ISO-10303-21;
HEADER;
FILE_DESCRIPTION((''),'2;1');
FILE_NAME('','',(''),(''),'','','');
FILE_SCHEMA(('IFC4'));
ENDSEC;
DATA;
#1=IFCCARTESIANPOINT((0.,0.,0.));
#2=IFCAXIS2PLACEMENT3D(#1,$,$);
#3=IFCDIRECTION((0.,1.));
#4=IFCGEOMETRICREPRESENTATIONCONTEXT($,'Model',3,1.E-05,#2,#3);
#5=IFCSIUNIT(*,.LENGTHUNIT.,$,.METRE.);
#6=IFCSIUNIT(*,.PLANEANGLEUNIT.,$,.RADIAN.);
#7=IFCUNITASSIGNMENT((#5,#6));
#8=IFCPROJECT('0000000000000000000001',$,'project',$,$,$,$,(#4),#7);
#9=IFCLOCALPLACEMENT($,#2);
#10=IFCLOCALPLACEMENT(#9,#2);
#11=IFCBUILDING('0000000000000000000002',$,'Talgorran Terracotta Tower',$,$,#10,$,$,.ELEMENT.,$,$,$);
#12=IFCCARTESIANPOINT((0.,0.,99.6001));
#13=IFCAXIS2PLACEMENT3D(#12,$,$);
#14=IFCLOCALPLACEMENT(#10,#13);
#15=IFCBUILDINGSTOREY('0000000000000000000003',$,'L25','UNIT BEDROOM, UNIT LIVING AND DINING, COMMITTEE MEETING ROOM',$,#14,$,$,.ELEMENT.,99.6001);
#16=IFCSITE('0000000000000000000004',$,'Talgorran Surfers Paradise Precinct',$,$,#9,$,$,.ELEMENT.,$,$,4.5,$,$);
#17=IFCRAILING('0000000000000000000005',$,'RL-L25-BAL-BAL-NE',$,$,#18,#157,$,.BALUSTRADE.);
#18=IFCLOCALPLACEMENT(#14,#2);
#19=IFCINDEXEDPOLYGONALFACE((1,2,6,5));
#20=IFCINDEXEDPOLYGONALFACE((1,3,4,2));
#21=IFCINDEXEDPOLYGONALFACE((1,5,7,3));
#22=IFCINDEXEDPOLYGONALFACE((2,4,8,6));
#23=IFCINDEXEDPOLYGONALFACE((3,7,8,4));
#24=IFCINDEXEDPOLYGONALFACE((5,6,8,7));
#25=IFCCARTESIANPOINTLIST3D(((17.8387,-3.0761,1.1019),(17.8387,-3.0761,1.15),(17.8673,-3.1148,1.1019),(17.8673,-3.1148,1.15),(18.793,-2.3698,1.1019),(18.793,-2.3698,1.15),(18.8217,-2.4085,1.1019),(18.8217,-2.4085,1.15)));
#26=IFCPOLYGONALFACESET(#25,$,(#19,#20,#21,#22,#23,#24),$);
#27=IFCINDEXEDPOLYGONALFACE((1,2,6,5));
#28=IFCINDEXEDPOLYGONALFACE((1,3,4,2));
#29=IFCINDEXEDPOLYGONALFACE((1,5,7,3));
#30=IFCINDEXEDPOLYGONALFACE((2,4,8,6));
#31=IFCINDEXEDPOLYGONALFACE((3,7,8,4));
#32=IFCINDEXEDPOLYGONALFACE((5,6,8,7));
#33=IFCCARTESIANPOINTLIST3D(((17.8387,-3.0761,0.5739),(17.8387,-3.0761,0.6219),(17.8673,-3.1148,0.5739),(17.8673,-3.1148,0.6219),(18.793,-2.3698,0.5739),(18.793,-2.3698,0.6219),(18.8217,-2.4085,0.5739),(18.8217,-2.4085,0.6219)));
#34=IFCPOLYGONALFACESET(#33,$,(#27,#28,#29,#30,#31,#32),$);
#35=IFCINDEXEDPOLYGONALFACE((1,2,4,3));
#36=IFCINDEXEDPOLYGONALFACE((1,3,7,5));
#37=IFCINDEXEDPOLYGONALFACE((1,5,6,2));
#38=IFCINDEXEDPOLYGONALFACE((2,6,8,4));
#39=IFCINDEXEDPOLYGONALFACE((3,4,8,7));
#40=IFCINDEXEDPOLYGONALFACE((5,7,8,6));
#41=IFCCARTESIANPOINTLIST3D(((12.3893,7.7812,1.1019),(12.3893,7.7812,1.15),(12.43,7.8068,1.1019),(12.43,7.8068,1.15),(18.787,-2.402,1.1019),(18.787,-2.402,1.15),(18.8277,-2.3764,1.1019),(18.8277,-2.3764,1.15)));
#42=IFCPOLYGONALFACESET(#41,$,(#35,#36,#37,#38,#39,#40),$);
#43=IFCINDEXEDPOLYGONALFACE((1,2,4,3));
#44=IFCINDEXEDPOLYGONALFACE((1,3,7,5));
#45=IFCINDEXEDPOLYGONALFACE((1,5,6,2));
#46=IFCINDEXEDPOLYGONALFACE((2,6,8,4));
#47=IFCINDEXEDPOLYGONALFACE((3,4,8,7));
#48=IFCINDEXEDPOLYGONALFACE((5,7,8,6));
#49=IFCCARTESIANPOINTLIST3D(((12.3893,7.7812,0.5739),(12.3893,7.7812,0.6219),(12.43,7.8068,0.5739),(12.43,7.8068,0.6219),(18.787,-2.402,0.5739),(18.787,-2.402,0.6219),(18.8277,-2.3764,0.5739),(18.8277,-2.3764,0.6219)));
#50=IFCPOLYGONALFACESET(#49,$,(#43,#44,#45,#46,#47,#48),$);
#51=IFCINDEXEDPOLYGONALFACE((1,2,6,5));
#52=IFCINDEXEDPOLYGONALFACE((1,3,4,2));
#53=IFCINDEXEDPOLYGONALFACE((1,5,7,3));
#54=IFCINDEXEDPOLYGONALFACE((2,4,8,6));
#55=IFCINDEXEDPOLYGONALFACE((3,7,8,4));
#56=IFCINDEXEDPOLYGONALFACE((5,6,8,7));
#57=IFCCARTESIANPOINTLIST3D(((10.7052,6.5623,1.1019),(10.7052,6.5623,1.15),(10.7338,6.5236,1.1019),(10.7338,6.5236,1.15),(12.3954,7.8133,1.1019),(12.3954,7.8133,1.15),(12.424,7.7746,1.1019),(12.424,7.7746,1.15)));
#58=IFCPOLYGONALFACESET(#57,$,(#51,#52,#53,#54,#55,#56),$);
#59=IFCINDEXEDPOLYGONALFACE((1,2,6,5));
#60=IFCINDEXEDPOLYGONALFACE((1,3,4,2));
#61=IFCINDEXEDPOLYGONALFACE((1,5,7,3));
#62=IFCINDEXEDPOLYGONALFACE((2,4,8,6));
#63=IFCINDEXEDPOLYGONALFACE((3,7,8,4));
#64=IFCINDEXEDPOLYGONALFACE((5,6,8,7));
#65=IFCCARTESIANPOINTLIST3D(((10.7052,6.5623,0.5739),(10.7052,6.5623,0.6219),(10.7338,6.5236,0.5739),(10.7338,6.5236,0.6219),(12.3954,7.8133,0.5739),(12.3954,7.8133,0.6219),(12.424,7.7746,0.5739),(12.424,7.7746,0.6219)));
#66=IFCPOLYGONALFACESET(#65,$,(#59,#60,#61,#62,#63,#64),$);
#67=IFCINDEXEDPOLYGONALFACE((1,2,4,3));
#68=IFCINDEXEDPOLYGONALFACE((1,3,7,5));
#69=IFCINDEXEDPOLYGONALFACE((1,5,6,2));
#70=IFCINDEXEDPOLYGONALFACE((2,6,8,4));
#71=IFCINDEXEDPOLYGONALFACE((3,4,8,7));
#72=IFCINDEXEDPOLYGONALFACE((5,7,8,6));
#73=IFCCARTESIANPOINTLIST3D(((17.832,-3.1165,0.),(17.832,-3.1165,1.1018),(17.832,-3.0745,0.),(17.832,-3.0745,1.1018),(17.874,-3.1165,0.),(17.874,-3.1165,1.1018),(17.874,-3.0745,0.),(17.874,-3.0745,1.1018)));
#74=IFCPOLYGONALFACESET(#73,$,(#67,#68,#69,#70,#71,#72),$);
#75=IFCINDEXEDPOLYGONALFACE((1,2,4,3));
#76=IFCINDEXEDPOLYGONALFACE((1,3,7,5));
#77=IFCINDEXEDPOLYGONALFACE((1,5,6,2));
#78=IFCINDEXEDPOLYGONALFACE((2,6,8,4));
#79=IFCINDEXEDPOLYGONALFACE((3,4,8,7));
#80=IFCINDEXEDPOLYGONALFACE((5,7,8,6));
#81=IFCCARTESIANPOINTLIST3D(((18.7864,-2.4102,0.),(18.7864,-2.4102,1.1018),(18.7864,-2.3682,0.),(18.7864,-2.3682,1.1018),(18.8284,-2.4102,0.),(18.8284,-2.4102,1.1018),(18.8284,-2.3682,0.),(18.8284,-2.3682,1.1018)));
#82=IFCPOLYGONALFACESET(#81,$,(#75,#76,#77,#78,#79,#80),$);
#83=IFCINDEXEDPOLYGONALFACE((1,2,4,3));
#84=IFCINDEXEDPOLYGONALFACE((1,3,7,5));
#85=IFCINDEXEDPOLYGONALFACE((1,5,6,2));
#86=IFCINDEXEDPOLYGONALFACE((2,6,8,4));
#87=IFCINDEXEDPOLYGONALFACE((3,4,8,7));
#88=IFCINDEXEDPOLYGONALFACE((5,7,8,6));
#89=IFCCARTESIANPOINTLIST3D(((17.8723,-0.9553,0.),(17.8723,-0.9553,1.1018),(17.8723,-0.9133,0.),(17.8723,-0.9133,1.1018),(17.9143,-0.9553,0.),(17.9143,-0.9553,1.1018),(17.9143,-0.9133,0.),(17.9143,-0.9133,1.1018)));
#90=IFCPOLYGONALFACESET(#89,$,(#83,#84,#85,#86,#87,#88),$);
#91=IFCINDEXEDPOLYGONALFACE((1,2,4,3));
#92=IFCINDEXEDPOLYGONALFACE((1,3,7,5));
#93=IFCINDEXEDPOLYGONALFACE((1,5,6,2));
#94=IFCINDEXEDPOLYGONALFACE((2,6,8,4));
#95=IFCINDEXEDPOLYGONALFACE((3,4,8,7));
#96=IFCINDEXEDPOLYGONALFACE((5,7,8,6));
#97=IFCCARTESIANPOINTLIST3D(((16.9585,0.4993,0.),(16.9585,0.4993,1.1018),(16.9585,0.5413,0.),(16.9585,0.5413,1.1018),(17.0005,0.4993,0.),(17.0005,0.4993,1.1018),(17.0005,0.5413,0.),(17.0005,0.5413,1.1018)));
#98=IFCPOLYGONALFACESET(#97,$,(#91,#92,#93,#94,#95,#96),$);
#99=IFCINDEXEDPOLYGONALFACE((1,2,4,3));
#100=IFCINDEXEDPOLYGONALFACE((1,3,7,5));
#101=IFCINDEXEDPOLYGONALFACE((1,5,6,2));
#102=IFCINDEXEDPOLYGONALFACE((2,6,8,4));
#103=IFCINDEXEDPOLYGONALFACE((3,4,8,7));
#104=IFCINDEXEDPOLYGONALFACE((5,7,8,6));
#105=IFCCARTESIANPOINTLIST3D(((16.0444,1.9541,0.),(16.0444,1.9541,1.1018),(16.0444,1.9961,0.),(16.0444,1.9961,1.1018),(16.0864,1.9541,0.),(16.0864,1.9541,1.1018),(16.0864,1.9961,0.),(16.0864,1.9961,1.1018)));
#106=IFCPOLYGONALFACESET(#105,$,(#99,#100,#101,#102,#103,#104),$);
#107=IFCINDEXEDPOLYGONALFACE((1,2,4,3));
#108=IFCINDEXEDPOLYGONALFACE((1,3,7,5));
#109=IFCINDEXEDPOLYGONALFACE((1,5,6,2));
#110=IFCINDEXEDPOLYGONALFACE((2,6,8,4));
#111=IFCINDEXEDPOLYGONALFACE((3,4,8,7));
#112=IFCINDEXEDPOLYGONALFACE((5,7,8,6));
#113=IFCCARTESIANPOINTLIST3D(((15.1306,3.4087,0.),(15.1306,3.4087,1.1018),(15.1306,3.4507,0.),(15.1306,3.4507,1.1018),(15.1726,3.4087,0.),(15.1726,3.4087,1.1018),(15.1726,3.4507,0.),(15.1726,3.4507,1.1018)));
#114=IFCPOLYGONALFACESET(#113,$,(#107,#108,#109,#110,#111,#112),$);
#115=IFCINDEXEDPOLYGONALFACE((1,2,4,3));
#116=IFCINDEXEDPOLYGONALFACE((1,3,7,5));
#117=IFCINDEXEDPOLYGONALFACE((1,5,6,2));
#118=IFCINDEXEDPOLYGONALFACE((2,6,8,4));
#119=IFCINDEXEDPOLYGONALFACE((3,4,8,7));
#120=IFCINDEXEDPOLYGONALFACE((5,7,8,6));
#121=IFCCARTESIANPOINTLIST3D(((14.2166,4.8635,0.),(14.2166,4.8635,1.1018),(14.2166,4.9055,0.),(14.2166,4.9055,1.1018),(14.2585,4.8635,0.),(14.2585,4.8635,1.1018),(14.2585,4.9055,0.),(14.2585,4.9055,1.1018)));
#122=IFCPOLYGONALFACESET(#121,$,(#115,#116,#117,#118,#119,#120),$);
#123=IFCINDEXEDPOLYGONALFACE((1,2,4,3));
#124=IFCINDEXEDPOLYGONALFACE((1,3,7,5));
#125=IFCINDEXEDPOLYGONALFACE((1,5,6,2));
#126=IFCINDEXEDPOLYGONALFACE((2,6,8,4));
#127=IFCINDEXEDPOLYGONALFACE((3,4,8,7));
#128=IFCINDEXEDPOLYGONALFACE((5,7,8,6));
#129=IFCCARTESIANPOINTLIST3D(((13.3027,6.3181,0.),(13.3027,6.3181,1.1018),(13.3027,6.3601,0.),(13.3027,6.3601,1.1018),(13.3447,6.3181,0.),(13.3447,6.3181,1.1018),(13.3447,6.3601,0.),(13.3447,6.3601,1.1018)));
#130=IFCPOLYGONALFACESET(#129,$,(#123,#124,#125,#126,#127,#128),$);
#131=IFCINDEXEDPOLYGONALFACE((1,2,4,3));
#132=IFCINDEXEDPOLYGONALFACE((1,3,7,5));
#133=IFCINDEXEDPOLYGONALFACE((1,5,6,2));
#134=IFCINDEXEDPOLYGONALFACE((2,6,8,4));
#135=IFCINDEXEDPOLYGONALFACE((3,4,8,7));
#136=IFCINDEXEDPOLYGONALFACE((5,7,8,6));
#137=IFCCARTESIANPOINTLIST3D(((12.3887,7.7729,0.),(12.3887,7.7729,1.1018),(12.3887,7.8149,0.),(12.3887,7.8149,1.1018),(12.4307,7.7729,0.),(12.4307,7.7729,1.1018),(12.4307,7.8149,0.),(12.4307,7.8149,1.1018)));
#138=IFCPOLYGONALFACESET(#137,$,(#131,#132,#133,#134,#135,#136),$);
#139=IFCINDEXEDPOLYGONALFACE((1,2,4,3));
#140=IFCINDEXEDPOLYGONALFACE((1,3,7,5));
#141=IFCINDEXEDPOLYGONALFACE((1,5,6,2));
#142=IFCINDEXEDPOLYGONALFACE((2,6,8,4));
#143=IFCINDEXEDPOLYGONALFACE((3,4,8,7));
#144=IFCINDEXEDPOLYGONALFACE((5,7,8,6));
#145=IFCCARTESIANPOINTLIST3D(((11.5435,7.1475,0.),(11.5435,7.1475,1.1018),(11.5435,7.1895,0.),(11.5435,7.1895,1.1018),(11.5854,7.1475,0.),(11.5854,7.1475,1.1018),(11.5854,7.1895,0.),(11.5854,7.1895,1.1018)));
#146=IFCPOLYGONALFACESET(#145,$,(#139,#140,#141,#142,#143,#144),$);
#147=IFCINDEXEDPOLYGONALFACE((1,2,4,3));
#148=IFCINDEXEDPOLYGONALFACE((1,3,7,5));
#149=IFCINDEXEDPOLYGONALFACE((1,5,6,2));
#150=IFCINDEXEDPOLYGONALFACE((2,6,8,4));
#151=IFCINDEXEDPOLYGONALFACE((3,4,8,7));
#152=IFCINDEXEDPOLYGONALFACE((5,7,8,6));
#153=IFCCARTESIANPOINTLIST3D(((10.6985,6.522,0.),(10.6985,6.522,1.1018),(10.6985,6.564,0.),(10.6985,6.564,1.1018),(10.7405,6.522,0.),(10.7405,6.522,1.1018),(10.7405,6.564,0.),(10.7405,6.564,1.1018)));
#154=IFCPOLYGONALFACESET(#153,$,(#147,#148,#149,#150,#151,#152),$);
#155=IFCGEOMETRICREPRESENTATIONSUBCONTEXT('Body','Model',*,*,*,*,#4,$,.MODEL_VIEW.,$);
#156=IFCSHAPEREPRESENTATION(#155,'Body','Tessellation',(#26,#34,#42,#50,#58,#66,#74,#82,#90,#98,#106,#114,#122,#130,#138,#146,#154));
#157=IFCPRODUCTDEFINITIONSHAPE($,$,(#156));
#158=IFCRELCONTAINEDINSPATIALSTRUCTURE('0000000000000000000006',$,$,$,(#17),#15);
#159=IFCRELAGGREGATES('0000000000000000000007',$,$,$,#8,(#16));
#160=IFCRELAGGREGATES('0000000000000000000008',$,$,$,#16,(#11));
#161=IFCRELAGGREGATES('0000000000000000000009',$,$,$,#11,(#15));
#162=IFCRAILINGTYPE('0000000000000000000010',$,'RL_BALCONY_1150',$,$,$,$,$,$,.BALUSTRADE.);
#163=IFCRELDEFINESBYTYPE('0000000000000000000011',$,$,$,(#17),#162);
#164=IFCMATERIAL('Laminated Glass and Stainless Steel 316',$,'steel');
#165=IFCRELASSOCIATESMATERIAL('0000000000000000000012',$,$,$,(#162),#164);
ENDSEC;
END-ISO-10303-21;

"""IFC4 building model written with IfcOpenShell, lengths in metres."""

from ifc_helpers import new_model, si_unit, direction, frame, origin, origin_2d, place, context, subcontext, project, spatial, rectangle, extrude, material, type_object, element, save


model = new_model("IFC4")

# Units and contexts
model_context = context("Model", 3, precision=1e-05, world=origin(), true_north=direction((0.0, 1.0)))
body_context = subcontext(model_context, "Body", "Model", "MODEL_VIEW")
ifc_project = project(units=[si_unit("LENGTHUNIT", "METRE"), si_unit("PLANEANGLEUNIT", "RADIAN")], contexts=[model_context])

# Site, building, storey
site_placement = place(None, origin())
site = spatial("IfcSite", under=ifc_project, at=site_placement, Name="Talgorran Surfers Paradise Precinct", CompositionType="ELEMENT", RefElevation=4.5)
building_placement = place(site_placement, origin())
building = spatial("IfcBuilding", under=site, at=building_placement, Name="Talgorran Terracotta Tower", CompositionType="ELEMENT")
storey_placement = place(building_placement, frame((0.0, 0.0, 99.6001)))
storey = spatial("IfcBuildingStorey", under=building, at=storey_placement, Name="L25", Description="UNIT BEDROOM, UNIT LIVING AND DINING, COMMITTEE MEETING ROOM", CompositionType="ELEMENT", Elevation=99.6001)

# Railing
ifc_material_1 = material(Name="Laminated Glass and Stainless Steel 316", Category="steel")
railing_type = type_object("IfcRailingType", Name="RL_BALCONY_1150", PredefinedType="BALUSTRADE", material=ifc_material_1)
railing_placement = place(storey_placement, frame((17.853, -3.0955, 0.0)))
element("IfcRailing", 1, at=railing_placement, inside=storey, type_object=railing_type, Name="RL-L25-BAL-BAL-NE", PredefinedType="BALUSTRADE", context=body_context, shape_type="SweptSolid", body=[
    extrude(rectangle(XDim=0.0481, YDim=0.0481, at=origin_2d()), frame((0.0, 0.0, 1.126), z_axis=(0.803808, 0.594888, 0.0), x_axis=(-0.594888, 0.803808, 0.0)), (0.0, 0.0, 1.0), 1.1873),
    extrude(rectangle(XDim=0.0481, YDim=0.0481, at=origin_2d()), frame((0.0, 0.0, 0.5979), z_axis=(0.803808, 0.594888, 0.0), x_axis=(-0.594888, 0.803808, 0.0)), (0.0, 0.0, 1.0), 1.1873),
    extrude(rectangle(XDim=0.0481, YDim=0.0481, at=origin_2d()), frame((0.9543, 0.7063, 1.126), z_axis=(-0.531987, 0.846753, 0.0), x_axis=(-0.846753, -0.531987, 0.0)), (0.0, 0.0, 1.0), 12.0261),
    extrude(rectangle(XDim=0.0481, YDim=0.0481, at=origin_2d()), frame((0.9543, 0.7063, 0.5979), z_axis=(-0.531987, 0.846753, 0.0), x_axis=(-0.846753, -0.531987, 0.0)), (0.0, 0.0, 1.0), 12.0261),
    extrude(rectangle(XDim=0.0481, YDim=0.0481, at=origin_2d()), frame((-5.4434, 10.8894, 1.126), z_axis=(-0.803787, -0.594917, 0.0), x_axis=(0.594917, -0.803787, 0.0)), (0.0, 0.0, 1.0), 2.1028),
    extrude(rectangle(XDim=0.0481, YDim=0.0481, at=origin_2d()), frame((-5.4434, 10.8894, 0.5979), z_axis=(-0.803787, -0.594917, 0.0), x_axis=(0.594917, -0.803787, 0.0)), (0.0, 0.0, 1.0), 2.1028),
    extrude(rectangle(XDim=0.042, YDim=0.042, at=origin_2d()), origin(), (0.0, 0.0, 1.0), 1.1018),
    extrude(rectangle(XDim=0.042, YDim=0.042, at=origin_2d()), frame((0.9543, 0.7063, 0.0)), (0.0, 0.0, 1.0), 1.1018),
    extrude(rectangle(XDim=0.042, YDim=0.042, at=origin_2d()), frame((0.0403, 2.1611, 0.0)), (0.0, 0.0, 1.0), 1.1018),
    extrude(rectangle(XDim=0.042, YDim=0.042, at=origin_2d()), frame((-0.8735, 3.6157, 0.0)), (0.0, 0.0, 1.0), 1.1018),
    extrude(rectangle(XDim=0.042, YDim=0.042, at=origin_2d()), frame((-1.7876, 5.0706, 0.0)), (0.0, 0.0, 1.0), 1.1018),
    extrude(rectangle(XDim=0.042, YDim=0.042, at=origin_2d()), frame((-2.7014, 6.5251, 0.0)), (0.0, 0.0, 1.0), 1.1018),
    extrude(rectangle(XDim=0.042, YDim=0.042, at=origin_2d()), frame((-3.6155, 7.98, 0.0)), (0.0, 0.0, 1.0), 1.1018),
    extrude(rectangle(XDim=0.042, YDim=0.042, at=origin_2d()), frame((-4.5293, 9.4346, 0.0)), (0.0, 0.0, 1.0), 1.1018),
    extrude(rectangle(XDim=0.042, YDim=0.042, at=origin_2d()), frame((-5.4434, 10.8894, 0.0)), (0.0, 0.0, 1.0), 1.1018),
    extrude(rectangle(XDim=0.042, YDim=0.042, at=origin_2d()), frame((-6.2886, 10.2639, 0.0)), (0.0, 0.0, 1.0), 1.1018),
    extrude(rectangle(XDim=0.042, YDim=0.042, at=origin_2d()), frame((-7.1335, 9.6384, 0.0)), (0.0, 0.0, 1.0), 1.1018),
])

save(model, "model.ifc")
